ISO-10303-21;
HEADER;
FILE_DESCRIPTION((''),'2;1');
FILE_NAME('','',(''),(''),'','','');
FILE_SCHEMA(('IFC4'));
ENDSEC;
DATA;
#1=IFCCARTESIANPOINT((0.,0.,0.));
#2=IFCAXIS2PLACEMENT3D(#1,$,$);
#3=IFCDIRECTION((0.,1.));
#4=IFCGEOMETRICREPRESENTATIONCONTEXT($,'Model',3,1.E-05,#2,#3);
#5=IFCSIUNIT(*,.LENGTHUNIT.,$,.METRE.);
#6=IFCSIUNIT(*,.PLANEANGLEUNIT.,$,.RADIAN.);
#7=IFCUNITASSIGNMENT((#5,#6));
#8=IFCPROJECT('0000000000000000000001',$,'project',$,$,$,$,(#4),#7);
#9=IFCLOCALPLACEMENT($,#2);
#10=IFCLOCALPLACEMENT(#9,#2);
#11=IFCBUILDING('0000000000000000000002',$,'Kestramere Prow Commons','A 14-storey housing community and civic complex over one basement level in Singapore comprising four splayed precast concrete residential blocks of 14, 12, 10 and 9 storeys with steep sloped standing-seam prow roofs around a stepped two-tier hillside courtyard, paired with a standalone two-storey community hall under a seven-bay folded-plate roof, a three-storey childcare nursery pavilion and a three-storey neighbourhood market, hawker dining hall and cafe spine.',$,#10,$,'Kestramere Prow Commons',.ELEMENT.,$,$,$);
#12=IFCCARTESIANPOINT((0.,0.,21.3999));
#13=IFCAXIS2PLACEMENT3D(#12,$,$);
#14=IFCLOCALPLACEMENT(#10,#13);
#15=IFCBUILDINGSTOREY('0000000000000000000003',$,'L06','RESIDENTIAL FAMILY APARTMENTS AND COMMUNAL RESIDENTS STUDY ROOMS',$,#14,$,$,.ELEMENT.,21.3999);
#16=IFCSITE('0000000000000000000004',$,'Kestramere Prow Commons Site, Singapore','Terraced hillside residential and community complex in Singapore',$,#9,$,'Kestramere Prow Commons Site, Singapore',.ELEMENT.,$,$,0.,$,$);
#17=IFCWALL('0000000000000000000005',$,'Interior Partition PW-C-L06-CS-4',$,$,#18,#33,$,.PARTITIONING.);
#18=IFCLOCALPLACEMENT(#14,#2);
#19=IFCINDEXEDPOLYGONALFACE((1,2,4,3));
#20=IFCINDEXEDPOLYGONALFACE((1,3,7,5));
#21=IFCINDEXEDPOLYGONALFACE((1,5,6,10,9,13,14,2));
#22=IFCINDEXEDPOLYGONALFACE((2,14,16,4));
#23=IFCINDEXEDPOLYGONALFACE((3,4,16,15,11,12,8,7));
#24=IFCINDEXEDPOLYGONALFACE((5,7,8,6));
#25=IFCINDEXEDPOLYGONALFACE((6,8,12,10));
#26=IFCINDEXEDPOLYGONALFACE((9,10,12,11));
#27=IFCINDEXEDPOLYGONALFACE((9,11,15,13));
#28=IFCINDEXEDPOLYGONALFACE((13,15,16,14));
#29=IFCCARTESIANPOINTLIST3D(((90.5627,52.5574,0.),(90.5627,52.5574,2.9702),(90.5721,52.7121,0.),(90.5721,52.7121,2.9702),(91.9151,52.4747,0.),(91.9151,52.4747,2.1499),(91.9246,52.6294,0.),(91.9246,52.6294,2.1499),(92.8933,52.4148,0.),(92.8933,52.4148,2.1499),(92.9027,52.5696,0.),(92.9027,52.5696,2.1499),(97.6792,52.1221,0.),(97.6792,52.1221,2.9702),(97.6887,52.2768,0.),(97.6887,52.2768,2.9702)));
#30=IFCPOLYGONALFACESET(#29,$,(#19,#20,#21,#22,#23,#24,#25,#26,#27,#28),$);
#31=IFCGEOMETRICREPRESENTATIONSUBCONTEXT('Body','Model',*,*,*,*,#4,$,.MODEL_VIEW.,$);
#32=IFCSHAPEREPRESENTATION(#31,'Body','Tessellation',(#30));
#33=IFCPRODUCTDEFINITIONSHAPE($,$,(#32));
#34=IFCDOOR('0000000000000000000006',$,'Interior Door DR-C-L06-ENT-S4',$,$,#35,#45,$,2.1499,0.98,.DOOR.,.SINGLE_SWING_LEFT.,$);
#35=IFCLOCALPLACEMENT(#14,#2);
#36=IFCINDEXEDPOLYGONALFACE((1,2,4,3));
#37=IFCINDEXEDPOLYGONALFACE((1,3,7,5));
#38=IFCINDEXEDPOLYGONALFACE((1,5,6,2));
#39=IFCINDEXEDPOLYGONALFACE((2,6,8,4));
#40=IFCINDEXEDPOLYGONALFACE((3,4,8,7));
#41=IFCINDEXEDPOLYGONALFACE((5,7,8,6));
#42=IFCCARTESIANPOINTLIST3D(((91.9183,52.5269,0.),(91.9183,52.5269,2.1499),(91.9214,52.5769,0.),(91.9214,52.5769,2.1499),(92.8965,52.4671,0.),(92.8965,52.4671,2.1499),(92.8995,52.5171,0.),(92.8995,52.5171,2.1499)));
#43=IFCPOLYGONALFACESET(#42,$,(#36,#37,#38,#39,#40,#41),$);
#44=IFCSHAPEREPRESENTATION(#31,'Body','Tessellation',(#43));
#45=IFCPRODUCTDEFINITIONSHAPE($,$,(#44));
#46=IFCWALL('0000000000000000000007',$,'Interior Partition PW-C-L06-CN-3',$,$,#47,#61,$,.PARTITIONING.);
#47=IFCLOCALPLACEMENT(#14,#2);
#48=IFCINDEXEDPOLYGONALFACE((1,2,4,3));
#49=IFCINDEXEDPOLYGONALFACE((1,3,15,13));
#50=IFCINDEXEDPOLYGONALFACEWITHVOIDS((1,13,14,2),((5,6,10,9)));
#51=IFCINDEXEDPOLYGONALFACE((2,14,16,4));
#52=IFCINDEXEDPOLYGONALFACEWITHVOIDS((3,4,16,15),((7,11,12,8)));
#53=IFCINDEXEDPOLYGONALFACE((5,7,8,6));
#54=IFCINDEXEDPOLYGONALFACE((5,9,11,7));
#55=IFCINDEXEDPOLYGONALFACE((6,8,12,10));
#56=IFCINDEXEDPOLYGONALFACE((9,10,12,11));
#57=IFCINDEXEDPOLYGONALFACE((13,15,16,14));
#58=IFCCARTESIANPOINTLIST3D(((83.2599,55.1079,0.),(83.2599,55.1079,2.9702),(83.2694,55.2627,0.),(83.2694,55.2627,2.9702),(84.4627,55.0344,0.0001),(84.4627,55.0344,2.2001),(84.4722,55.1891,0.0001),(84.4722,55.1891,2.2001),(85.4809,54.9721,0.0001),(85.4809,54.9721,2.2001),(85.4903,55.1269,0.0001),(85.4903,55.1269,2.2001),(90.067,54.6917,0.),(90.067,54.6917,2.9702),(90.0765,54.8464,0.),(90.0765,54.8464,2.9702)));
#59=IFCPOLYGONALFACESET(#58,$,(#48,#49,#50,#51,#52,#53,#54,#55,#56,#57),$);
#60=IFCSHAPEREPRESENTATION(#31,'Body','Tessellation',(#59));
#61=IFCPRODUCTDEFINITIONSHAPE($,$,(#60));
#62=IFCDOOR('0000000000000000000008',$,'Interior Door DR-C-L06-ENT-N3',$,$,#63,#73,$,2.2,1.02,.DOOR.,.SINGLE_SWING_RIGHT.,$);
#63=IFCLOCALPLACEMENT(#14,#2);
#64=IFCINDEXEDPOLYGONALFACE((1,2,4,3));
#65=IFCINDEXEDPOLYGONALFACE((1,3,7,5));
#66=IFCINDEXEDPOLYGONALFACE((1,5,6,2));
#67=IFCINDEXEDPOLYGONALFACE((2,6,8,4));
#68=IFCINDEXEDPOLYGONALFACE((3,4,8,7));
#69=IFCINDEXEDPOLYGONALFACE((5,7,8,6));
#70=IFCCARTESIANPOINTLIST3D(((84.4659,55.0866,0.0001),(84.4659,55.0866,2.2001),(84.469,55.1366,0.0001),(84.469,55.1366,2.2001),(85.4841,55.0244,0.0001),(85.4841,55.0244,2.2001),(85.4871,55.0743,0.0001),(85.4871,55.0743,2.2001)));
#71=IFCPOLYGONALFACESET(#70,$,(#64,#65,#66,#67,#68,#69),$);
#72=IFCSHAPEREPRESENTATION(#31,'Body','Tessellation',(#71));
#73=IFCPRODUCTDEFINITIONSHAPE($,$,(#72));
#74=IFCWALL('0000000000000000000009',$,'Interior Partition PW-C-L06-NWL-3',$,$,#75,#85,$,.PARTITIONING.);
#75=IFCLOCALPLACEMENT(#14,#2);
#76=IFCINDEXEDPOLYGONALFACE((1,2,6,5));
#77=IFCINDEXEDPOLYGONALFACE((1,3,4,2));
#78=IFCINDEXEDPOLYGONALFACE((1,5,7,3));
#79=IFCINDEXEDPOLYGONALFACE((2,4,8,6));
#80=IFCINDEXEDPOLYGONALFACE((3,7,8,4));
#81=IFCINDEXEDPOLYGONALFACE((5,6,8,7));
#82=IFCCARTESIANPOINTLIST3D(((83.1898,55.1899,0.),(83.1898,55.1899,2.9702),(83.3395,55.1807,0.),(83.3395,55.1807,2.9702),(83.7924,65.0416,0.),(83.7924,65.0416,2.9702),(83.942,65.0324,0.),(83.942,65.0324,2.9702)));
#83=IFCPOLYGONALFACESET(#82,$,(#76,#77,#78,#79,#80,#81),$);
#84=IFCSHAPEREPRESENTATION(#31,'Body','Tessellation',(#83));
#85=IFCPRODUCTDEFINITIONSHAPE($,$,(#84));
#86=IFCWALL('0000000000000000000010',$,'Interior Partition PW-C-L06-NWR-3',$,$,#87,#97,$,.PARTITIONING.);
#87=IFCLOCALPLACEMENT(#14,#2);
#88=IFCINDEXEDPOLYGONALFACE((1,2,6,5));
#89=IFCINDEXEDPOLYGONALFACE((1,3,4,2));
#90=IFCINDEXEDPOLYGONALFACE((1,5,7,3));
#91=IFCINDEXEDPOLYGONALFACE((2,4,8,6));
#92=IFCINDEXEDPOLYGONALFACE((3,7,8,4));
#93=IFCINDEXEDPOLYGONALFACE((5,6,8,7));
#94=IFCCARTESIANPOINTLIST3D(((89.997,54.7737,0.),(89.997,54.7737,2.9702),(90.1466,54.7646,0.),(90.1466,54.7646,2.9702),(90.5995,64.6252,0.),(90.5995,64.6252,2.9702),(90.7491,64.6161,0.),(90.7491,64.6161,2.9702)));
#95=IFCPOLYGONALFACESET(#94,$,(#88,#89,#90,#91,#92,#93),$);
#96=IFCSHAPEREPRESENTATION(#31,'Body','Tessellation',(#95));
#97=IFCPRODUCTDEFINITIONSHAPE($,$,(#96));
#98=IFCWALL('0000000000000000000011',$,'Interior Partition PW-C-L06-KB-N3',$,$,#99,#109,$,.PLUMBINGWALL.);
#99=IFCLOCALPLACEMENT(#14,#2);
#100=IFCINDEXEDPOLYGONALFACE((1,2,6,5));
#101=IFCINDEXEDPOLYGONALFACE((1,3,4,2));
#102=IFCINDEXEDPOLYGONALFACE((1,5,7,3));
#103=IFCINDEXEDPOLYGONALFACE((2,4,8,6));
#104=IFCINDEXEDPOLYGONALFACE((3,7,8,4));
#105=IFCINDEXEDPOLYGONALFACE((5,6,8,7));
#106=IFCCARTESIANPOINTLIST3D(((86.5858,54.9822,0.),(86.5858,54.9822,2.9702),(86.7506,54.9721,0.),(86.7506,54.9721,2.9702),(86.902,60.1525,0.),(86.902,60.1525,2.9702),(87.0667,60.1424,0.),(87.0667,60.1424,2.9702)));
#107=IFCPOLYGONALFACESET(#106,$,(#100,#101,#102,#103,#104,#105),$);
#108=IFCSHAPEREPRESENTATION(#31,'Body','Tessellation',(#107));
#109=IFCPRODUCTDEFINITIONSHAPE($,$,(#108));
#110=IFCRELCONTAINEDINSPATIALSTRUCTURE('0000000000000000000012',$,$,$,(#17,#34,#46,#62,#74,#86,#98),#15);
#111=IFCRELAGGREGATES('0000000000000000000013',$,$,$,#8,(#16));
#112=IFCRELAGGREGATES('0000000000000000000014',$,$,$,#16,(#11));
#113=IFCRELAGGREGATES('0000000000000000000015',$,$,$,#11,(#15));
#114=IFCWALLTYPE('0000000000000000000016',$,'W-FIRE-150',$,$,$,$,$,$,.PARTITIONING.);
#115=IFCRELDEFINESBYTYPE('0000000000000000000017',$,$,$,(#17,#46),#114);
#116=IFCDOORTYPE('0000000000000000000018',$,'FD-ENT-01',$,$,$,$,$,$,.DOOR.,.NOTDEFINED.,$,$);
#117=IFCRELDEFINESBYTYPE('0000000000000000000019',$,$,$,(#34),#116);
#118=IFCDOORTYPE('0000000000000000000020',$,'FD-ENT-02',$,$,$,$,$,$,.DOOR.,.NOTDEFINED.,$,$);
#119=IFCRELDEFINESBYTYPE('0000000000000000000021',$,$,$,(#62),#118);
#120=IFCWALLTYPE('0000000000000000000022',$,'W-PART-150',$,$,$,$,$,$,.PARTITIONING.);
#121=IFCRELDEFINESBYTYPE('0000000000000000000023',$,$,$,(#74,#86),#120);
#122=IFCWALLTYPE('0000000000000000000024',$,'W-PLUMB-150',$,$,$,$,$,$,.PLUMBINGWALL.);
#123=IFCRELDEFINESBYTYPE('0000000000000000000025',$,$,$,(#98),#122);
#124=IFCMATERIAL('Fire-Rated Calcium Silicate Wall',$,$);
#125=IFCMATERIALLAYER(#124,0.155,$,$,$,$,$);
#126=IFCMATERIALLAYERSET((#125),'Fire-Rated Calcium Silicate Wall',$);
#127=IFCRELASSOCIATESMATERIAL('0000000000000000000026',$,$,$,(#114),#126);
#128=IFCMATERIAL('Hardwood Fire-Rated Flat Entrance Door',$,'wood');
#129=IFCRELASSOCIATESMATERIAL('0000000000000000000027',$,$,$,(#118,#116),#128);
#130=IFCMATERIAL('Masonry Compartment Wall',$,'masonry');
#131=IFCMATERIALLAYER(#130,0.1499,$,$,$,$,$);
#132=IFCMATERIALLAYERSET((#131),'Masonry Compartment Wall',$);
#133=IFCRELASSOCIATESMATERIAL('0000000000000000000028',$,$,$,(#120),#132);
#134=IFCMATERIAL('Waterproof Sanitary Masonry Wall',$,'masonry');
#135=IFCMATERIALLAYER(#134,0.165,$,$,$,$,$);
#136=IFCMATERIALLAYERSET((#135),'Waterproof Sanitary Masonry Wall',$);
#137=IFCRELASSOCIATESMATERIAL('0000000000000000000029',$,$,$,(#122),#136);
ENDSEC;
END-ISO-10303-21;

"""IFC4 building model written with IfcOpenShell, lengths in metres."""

from ifc_helpers import new_model, si_unit, direction, frame, frame_2d, origin, place, context, subcontext, project, spatial, rectangle, extrude, material, layer, layer_set, type_object, element, fill, save


model = new_model("IFC4")

# Units and contexts
model_context = context("Model", 3, precision=1e-05, world=origin(), true_north=direction((0.0, 1.0)))
body_context = subcontext(model_context, "Body", "Model", "MODEL_VIEW")
ifc_project = project(units=[si_unit("LENGTHUNIT", "METRE"), si_unit("PLANEANGLEUNIT", "RADIAN")], contexts=[model_context])

# Site, building, storey
site_placement = place(None, origin())
site = spatial("IfcSite", under=ifc_project, at=site_placement, Name="Kestramere Prow Commons Site, Singapore", Description="Terraced hillside residential and community complex in Singapore", LongName="Kestramere Prow Commons Site, Singapore", CompositionType="ELEMENT", RefElevation=0.0)
building_placement = place(site_placement, origin())
building = spatial("IfcBuilding", under=site, at=building_placement, Name="Kestramere Prow Commons", Description="A 14-storey housing community and civic complex over one basement level in Singapore comprising four splayed precast concrete residential blocks of 14, 12, 10 and 9 storeys with steep sloped standing-seam prow roofs around a stepped two-tier hillside courtyard, paired with a standalone two-storey community hall under a seven-bay folded-plate roof, a three-storey childcare nursery pavilion and a three-storey neighbourhood market, hawker dining hall and cafe spine.", LongName="Kestramere Prow Commons", CompositionType="ELEMENT")
storey_placement = place(building_placement, frame((0.0, 0.0, 21.3999)))
storey = spatial("IfcBuildingStorey", under=building, at=storey_placement, Name="L06", Description="RESIDENTIAL FAMILY APARTMENTS AND COMMUNAL RESIDENTS STUDY ROOMS", CompositionType="ELEMENT", Elevation=21.3999)

# Walls, openings, doors
ifc_material_1 = material(Name="Fire-Rated Calcium Silicate Wall")
ifc_layer_1 = layer(ifc_material_1, 0.155)
ifc_layer_set_1 = layer_set([ifc_layer_1], Name="Fire-Rated Calcium Silicate Wall")
wall_type_1 = type_object("IfcWallType", Name="W-FIRE-150", PredefinedType="PARTITIONING", material=ifc_layer_set_1)
ifc_material_2 = material(Name="Hardwood Fire-Rated Flat Entrance Door", Category="wood")
door_type_1 = type_object("IfcDoorType", Name="FD-ENT-02", OperationType="NOTDEFINED", PredefinedType="DOOR", material=ifc_material_2)
wall_1_placement = place(storey_placement, frame((90.5674, 52.6348, 0.0), z_axis=(0.0, 0.0, 1.0), x_axis=(0.998135, -0.061052, 0.0)))
wall_1 = element("IfcWall", 1, at=wall_1_placement, inside=storey, type_object=wall_type_1, Name="Interior Partition PW-C-L06-CS-4", PredefinedType="PARTITIONING", context=body_context, shape_type="SweptSolid", body=[
    extrude(rectangle(XDim=7.1299, YDim=0.155, at=frame_2d((3.5649, 0.0))), origin(), (0.0, 0.0, 1.0), 2.9702),
])
opening_1_placement = place(wall_1_placement, frame((1.355, 0.0, 0.0)))
opening_1 = element("IfcOpeningElement", 2, at=opening_1_placement, cuts=wall_1, PredefinedType="OPENING", context=body_context, shape_type="SweptSolid", body=[
    extrude(rectangle(XDim=0.98, YDim=2.1499, at=frame_2d((0.49, 1.075))), frame((0.0, 0.0925, 0.0), z_axis=(0.0, -1.0, 0.0), x_axis=(1.0, 0.0, 0.0)), (0.0, 0.0, 1.0), 0.1851),
])
door_type_2 = type_object("IfcDoorType", Name="FD-ENT-01", OperationType="NOTDEFINED", PredefinedType="DOOR", material=ifc_material_2)
door_1_placement = place(opening_1_placement, origin())
door_1 = element("IfcDoor", 3, at=door_1_placement, inside=storey, type_object=door_type_2, Name="Interior Door DR-C-L06-ENT-S4", OperationType="SINGLE_SWING_LEFT", OverallHeight=2.1499, OverallWidth=0.98, PredefinedType="DOOR", context=body_context, shape_type="SweptSolid", body=[
    extrude(rectangle(XDim=0.98, YDim=2.1499, at=frame_2d((0.49, 1.075))), frame((0.0, 0.0249, 0.0), z_axis=(0.0, -1.0, 0.0), x_axis=(1.0, 0.0, 0.0)), (0.0, 0.0, 1.0), 0.05),
])
fill(opening_1, door_1)
wall_2_placement = place(storey_placement, frame((83.2646, 55.1853, 0.0), z_axis=(0.0, 0.0, 1.0), x_axis=(0.998136, -0.061037, 0.0)))
wall_2 = element("IfcWall", 4, at=wall_2_placement, inside=storey, type_object=wall_type_1, Name="Interior Partition PW-C-L06-CN-3", PredefinedType="PARTITIONING", context=body_context, shape_type="SweptSolid", body=[
    extrude(rectangle(XDim=6.8198, YDim=0.155, at=frame_2d((3.4099, 0.0))), origin(), (0.0, 0.0, 1.0), 2.9702),
])
opening_2_placement = place(wall_2_placement, frame((1.2051, 0.0, 0.0)))
opening_2 = element("IfcOpeningElement", 5, at=opening_2_placement, cuts=wall_2, PredefinedType="OPENING", context=body_context, shape_type="SweptSolid", body=[
    extrude(rectangle(XDim=1.02, YDim=2.2, at=frame_2d((0.51, 1.1001))), frame((0.0, 0.0925, 0.0), z_axis=(0.0, -1.0, 0.0), x_axis=(1.0, 0.0, 0.0)), (0.0, 0.0, 1.0), 0.1851),
])
door_2_placement = place(opening_2_placement, origin())
door_2 = element("IfcDoor", 6, at=door_2_placement, inside=storey, type_object=door_type_1, Name="Interior Door DR-C-L06-ENT-N3", OperationType="SINGLE_SWING_RIGHT", OverallHeight=2.2, OverallWidth=1.02, PredefinedType="DOOR", context=body_context, shape_type="SweptSolid", body=[
    extrude(rectangle(XDim=1.02, YDim=2.2, at=frame_2d((0.51, 1.1001))), frame((0.0, 0.0249, 0.0), z_axis=(0.0, -1.0, 0.0), x_axis=(1.0, 0.0, 0.0)), (0.0, 0.0, 1.0), 0.05),
])
fill(opening_2, door_2)

# Walls
ifc_material_3 = material(Name="Masonry Compartment Wall", Category="masonry")
ifc_layer_2 = layer(ifc_material_3, 0.1499)
ifc_layer_set_2 = layer_set([ifc_layer_2], Name="Masonry Compartment Wall")
wall_type_2 = type_object("IfcWallType", Name="W-PART-150", PredefinedType="PARTITIONING", material=ifc_layer_set_2)
wall_3_placement = place(storey_placement, frame((83.2646, 55.1853, 0.0), z_axis=(0.0, 0.0, 1.0), x_axis=(0.061046, 0.998135, 0.0)))
element("IfcWall", 7, at=wall_3_placement, inside=storey, type_object=wall_type_2, Name="Interior Partition PW-C-L06-NWL-3", PredefinedType="PARTITIONING", context=body_context, shape_type="SweptSolid", body=[
    extrude(rectangle(XDim=9.8701, YDim=0.1499, at=frame_2d((4.9351, 0.0))), origin(), (0.0, 0.0, 1.0), 2.9702),
])
wall_4_placement = place(storey_placement, frame((90.0718, 54.769, 0.0), z_axis=(0.0, 0.0, 1.0), x_axis=(0.061048, 0.998135, 0.0)))
element("IfcWall", 8, at=wall_4_placement, inside=storey, type_object=wall_type_2, Name="Interior Partition PW-C-L06-NWR-3", PredefinedType="PARTITIONING", context=body_context, shape_type="SweptSolid", body=[
    extrude(rectangle(XDim=9.8699, YDim=0.1499, at=frame_2d((4.9351, 0.0))), origin(), (0.0, 0.0, 1.0), 2.9702),
])
ifc_material_4 = material(Name="Waterproof Sanitary Masonry Wall", Category="masonry")
ifc_layer_3 = layer(ifc_material_4, 0.165)
ifc_layer_set_3 = layer_set([ifc_layer_3], Name="Waterproof Sanitary Masonry Wall")
wall_type_3 = type_object("IfcWallType", Name="W-PLUMB-150", PredefinedType="PLUMBINGWALL", material=ifc_layer_set_3)
wall_5_placement = place(storey_placement, frame((86.6682, 54.9773, 0.0), z_axis=(0.0, 0.0, 1.0), x_axis=(0.061037, 0.998135, 0.0)))
element("IfcWall", 9, at=wall_5_placement, inside=storey, type_object=wall_type_3, Name="Interior Partition PW-C-L06-KB-N3", PredefinedType="PLUMBINGWALL", context=body_context, shape_type="SweptSolid", body=[
    extrude(rectangle(XDim=5.1799, YDim=0.165, at=frame_2d((2.5898, 0.0))), origin(), (0.0, 0.0, 1.0), 2.9702),
])

save(model, "model.ifc")
